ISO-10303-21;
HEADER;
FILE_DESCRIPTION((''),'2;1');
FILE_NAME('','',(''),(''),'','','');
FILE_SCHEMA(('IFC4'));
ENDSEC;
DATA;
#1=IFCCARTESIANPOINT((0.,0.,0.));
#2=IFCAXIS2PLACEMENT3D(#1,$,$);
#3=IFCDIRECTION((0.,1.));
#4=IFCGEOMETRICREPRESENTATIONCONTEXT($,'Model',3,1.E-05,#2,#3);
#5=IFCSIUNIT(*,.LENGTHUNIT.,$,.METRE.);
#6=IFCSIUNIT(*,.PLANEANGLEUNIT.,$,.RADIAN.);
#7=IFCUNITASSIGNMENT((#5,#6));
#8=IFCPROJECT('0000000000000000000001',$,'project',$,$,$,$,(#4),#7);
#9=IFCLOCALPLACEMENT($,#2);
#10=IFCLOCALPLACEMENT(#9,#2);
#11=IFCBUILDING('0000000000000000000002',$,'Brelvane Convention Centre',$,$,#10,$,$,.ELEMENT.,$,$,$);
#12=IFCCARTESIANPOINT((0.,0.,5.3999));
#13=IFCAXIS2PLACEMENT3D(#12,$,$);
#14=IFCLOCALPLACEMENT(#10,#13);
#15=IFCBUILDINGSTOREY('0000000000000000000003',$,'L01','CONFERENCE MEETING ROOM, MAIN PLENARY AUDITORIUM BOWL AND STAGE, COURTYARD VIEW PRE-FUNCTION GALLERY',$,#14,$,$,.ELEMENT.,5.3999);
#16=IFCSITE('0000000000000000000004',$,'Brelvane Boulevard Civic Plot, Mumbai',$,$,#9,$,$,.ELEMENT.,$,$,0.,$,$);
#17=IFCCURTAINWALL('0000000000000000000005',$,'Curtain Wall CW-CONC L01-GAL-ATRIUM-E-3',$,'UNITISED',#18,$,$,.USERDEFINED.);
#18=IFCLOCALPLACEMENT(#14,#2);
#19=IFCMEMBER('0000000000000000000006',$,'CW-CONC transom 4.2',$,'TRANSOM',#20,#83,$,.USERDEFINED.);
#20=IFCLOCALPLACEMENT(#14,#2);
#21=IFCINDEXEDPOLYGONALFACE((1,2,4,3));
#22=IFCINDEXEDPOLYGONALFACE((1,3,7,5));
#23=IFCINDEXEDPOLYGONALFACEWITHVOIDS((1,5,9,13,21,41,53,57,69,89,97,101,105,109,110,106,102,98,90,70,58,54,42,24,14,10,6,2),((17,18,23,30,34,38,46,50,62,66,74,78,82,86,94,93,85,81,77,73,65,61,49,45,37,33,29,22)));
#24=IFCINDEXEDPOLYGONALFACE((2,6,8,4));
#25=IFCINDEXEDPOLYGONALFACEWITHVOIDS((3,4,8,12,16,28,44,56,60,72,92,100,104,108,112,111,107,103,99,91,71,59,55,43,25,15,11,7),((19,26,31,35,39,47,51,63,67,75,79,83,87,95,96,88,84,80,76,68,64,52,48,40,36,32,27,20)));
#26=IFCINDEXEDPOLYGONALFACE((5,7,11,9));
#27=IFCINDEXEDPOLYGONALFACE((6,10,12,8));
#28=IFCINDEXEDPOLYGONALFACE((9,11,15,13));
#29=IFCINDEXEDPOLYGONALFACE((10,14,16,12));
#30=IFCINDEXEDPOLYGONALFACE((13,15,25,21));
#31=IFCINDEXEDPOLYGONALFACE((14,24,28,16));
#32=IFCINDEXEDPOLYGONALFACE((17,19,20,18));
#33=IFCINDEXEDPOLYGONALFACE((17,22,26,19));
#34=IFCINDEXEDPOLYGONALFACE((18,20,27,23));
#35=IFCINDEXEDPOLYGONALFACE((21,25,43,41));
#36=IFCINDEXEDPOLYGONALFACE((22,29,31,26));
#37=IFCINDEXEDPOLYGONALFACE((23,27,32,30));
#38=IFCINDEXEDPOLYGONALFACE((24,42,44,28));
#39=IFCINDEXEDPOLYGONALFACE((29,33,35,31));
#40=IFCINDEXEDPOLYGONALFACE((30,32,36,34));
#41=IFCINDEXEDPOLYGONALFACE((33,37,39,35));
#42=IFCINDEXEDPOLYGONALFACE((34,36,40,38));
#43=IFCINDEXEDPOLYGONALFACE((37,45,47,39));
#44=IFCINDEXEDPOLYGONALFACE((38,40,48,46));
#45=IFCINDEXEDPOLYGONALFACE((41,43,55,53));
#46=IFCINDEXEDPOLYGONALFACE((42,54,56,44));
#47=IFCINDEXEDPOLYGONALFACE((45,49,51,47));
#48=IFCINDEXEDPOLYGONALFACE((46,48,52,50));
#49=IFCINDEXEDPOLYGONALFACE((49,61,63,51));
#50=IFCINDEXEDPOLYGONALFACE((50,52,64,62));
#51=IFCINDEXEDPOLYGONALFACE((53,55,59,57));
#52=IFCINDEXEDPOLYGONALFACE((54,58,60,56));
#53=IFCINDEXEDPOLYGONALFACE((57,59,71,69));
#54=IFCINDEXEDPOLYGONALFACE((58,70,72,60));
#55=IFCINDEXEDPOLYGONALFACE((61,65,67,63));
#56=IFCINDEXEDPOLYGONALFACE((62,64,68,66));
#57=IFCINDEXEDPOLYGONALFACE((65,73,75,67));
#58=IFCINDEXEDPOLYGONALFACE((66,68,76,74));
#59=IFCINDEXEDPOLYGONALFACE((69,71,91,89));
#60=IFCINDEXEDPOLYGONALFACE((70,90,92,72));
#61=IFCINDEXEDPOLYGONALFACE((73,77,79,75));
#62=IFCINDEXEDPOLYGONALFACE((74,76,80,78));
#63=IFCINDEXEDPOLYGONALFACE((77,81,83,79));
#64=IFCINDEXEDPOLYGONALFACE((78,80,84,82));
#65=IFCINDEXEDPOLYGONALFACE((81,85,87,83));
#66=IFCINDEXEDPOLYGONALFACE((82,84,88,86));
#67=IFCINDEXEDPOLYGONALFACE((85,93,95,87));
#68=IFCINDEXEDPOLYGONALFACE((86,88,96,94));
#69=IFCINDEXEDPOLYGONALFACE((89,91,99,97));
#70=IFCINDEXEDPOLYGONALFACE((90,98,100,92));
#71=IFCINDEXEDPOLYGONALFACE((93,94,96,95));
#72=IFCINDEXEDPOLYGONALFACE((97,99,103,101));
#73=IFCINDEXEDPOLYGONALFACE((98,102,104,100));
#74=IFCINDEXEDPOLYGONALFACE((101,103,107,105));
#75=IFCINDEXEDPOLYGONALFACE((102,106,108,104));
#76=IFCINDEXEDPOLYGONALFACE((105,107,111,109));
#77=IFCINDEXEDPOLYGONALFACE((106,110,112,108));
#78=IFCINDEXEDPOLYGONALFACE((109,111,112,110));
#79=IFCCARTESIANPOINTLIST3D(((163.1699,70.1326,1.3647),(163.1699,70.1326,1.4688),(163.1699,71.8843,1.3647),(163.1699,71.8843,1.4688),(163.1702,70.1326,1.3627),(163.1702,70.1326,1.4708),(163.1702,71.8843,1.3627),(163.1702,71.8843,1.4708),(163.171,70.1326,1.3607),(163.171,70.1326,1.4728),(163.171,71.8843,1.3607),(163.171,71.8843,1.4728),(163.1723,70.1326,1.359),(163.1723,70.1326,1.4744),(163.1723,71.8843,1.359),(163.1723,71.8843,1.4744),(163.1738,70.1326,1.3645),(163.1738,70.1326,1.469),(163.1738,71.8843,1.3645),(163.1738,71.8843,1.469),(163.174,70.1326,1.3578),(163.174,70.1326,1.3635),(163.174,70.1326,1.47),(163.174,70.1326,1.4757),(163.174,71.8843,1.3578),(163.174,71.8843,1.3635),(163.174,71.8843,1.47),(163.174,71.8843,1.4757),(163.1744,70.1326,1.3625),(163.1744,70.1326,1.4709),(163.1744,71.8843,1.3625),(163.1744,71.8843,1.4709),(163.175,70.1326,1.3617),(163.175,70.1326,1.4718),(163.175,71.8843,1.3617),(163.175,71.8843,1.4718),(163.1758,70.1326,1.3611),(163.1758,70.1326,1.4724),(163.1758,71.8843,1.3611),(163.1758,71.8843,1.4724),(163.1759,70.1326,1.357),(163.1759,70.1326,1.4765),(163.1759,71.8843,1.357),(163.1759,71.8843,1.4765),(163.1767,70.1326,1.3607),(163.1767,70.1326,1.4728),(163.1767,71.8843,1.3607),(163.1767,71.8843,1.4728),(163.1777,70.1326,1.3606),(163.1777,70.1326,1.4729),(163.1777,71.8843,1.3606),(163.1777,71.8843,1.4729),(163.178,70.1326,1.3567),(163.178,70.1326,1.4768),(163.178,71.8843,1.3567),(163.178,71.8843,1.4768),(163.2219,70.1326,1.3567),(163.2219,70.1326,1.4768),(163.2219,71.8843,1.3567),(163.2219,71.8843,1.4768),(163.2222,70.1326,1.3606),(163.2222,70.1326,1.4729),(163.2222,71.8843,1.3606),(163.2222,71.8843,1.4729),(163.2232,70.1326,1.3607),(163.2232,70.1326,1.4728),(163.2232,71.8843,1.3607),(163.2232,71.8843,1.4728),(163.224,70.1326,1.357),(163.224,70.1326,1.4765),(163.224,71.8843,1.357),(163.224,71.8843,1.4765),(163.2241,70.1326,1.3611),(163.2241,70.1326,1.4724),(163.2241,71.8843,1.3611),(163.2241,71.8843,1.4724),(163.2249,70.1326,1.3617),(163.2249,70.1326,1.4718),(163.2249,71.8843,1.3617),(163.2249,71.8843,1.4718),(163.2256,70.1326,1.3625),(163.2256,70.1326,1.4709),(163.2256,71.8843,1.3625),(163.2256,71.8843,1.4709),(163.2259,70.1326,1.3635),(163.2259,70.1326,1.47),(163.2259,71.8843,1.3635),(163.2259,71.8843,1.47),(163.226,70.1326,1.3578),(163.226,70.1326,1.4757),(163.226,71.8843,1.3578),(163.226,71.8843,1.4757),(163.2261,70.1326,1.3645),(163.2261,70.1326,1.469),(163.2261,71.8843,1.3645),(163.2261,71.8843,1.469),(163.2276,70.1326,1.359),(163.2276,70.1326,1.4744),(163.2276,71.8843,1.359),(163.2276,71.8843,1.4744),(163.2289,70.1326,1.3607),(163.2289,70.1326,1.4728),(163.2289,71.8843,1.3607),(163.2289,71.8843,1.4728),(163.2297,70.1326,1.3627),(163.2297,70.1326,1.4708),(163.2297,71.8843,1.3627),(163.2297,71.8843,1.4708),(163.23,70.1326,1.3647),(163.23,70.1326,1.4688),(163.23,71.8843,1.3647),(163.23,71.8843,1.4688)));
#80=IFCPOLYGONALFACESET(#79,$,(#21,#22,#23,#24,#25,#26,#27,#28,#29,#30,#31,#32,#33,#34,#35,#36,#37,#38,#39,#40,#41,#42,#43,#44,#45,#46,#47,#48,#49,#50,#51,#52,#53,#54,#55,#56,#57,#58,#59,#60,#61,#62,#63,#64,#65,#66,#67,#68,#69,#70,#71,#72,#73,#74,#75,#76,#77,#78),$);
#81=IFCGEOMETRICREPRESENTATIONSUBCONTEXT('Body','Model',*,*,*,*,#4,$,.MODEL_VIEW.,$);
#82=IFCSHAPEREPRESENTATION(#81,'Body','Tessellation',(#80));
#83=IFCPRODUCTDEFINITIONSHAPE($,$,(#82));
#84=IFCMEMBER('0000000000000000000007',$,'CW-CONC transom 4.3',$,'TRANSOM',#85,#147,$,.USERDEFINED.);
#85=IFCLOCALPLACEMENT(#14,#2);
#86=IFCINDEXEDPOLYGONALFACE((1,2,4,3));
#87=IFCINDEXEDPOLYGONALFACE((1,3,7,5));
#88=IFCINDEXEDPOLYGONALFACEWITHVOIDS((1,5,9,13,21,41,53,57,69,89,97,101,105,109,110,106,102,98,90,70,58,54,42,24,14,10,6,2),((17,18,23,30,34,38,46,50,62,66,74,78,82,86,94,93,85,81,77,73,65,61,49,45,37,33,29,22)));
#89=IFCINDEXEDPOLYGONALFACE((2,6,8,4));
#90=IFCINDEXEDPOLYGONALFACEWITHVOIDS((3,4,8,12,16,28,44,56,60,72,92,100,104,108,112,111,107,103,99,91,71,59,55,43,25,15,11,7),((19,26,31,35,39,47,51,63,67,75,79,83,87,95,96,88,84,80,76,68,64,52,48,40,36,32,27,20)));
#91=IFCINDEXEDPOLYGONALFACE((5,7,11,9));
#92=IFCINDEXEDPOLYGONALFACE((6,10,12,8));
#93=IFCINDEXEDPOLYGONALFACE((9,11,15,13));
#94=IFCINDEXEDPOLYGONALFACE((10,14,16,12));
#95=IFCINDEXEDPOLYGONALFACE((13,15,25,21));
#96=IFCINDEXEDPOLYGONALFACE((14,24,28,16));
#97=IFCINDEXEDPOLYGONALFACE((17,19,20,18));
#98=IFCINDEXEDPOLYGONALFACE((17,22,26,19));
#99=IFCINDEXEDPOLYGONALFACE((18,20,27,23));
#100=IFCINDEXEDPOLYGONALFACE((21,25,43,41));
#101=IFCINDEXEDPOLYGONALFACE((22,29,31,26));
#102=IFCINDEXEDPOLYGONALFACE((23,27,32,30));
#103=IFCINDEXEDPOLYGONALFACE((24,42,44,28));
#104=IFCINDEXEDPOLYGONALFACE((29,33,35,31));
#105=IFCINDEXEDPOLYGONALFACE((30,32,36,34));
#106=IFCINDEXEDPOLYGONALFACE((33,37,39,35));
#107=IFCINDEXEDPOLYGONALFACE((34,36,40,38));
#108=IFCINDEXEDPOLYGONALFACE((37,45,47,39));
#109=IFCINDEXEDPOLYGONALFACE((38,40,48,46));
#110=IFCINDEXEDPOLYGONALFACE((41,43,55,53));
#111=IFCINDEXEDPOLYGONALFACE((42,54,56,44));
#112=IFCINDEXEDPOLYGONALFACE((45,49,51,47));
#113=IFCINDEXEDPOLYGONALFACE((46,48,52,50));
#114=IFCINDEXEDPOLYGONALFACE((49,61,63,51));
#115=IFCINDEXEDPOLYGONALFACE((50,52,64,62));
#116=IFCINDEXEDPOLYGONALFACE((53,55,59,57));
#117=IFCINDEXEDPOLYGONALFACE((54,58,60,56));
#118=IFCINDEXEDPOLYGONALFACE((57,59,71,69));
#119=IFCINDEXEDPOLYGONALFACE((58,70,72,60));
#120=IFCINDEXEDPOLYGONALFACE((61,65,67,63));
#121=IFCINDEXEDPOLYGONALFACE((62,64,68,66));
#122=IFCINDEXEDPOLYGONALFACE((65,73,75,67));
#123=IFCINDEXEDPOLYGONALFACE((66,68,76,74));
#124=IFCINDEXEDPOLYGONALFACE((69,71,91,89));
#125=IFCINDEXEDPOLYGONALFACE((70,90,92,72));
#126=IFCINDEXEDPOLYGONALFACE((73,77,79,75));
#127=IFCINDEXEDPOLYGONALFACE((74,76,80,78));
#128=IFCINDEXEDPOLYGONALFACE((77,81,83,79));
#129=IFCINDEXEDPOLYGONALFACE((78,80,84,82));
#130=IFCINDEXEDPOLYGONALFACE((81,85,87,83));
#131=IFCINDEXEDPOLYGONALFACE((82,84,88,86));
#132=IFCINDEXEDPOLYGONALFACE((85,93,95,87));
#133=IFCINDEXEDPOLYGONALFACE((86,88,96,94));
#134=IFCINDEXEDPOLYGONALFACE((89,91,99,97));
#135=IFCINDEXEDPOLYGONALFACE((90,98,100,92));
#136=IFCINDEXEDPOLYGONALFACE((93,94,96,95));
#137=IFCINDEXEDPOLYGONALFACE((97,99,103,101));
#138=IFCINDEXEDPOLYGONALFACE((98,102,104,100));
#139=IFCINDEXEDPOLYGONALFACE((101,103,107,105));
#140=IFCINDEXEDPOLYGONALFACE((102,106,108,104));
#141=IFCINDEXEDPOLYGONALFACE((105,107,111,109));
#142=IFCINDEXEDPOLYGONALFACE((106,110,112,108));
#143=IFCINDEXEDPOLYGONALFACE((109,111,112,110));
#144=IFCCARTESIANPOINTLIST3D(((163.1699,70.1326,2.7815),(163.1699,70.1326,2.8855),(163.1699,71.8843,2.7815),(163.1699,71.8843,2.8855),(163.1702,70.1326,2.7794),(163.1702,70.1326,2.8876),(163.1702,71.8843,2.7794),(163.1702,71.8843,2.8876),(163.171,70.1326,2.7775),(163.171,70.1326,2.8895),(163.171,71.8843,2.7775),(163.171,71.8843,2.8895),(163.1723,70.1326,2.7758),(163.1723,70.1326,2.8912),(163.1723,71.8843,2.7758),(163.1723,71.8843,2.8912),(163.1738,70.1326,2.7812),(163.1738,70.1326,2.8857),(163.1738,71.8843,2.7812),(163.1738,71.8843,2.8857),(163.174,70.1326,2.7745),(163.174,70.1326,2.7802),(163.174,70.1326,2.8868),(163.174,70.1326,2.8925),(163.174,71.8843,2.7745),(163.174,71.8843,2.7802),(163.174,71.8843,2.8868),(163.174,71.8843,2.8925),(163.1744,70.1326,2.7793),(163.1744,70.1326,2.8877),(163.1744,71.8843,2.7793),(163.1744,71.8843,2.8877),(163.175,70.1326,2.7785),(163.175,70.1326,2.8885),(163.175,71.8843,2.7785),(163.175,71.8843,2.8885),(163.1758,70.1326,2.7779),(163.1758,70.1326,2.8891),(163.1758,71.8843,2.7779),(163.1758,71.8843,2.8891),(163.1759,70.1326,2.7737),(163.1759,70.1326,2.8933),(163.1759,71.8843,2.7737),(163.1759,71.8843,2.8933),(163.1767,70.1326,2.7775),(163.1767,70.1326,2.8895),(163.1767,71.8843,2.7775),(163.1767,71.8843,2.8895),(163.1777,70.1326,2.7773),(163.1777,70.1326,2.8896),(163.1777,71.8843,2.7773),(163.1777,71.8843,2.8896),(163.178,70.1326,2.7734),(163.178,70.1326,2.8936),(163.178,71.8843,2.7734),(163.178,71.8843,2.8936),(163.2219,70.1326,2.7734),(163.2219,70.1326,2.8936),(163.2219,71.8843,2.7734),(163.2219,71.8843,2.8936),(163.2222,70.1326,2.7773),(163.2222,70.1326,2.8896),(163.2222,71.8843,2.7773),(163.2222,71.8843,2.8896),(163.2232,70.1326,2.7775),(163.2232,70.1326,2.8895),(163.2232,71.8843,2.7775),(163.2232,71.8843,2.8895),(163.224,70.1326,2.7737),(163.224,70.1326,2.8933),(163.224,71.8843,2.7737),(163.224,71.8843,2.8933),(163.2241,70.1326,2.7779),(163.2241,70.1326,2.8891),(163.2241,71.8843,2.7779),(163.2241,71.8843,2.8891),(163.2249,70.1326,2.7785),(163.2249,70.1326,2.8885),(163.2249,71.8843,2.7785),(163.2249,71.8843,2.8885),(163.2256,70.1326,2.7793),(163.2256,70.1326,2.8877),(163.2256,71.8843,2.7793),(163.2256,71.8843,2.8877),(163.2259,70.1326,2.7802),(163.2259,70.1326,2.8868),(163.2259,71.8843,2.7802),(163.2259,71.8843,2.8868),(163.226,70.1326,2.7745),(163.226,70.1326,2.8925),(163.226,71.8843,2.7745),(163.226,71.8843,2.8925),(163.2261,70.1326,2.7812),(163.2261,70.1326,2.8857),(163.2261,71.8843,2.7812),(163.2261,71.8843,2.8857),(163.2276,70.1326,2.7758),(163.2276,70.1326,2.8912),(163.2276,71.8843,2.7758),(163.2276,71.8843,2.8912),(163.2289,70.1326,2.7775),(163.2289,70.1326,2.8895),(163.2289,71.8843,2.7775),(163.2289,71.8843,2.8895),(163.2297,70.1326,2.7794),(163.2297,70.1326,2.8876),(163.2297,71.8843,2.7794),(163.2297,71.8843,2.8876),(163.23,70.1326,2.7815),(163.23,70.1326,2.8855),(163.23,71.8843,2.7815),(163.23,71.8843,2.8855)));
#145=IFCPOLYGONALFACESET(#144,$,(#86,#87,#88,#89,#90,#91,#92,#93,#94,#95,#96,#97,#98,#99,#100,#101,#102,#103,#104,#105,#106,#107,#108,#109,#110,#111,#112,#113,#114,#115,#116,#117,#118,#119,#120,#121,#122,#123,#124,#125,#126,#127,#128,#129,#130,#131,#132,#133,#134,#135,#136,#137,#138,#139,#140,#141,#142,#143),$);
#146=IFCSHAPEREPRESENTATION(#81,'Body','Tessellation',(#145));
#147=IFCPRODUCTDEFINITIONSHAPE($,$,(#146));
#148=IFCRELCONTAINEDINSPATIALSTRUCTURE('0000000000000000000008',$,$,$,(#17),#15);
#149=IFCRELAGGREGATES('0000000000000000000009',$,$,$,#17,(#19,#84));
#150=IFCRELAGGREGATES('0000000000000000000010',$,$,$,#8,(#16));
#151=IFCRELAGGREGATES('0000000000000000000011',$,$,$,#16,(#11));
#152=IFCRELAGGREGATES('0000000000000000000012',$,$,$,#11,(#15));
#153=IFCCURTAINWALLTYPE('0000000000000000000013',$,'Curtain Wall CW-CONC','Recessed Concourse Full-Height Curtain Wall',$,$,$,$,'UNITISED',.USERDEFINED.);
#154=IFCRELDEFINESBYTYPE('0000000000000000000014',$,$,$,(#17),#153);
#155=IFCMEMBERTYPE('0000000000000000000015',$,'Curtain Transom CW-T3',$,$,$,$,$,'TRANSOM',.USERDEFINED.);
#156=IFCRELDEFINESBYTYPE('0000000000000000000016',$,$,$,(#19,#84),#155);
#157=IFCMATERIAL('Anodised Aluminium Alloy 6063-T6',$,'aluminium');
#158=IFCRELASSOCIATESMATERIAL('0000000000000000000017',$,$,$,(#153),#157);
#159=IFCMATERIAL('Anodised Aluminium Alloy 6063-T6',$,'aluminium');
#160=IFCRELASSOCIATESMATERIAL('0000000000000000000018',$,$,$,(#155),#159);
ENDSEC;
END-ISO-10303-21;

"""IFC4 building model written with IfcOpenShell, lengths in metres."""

from ifc_helpers import new_model, si_unit, direction, frame, origin, origin_2d, place, context, subcontext, project, spatial, hollow_rectangle, extrude, material, material_profile, profile_set, type_object, element, aggregate, save


model = new_model("IFC4")

# Units and contexts
model_context = context("Model", 3, precision=1e-05, world=origin(), true_north=direction((0.0, 1.0)))
body_context = subcontext(model_context, "Body", "Model", "MODEL_VIEW")
ifc_project = project(units=[si_unit("LENGTHUNIT", "METRE"), si_unit("PLANEANGLEUNIT", "RADIAN")], contexts=[model_context])

# Site, building, storey
site_placement = place(None, origin())
site = spatial("IfcSite", under=ifc_project, at=site_placement, Name="Brelvane Boulevard Civic Plot, Mumbai", CompositionType="ELEMENT", RefElevation=0.0)
building_placement = place(site_placement, origin())
building = spatial("IfcBuilding", under=site, at=building_placement, Name="Brelvane Convention Centre", CompositionType="ELEMENT")
storey_placement = place(building_placement, frame((0.0, 0.0, 5.3999)))
storey = spatial("IfcBuildingStorey", under=building, at=storey_placement, Name="L01", Description="CONFERENCE MEETING ROOM, MAIN PLENARY AUDITORIUM BOWL AND STAGE, COURTYARD VIEW PRE-FUNCTION GALLERY", CompositionType="ELEMENT", Elevation=5.3999)

# Curtain wall, members
ifc_material_1 = material(Name="Anodised Aluminium Alloy 6063-T6", Category="aluminium")
curtain_wall_type = type_object("IfcCurtainWallType", Name="Curtain Wall CW-CONC", Description="Recessed Concourse Full-Height Curtain Wall", ElementType="UNITISED", PredefinedType="USERDEFINED", material=ifc_material_1)
curtain_wall_placement = place(storey_placement, origin())
curtain_wall = element("IfcCurtainWall", 1, at=curtain_wall_placement, inside=storey, type_object=curtain_wall_type, Name="Curtain Wall CW-CONC L01-GAL-ATRIUM-E-3", ObjectType="UNITISED", PredefinedType="USERDEFINED")
ifc_material_2 = material(Name="Anodised Aluminium Alloy 6063-T6", Category="aluminium")
ifc_material_profile_1 = material_profile(ifc_material_2, hollow_rectangle(XDim=0.0601, YDim=0.1201, WallThickness=0.0039, InnerFilletRadius=0.0039, OuterFilletRadius=0.0081, at=origin_2d()), Name="ALU-T 120x60x4.0")
ifc_profile_set_1 = profile_set([ifc_material_profile_1], Name="Anodised Aluminium Alloy 6063-T6")
member_type_1 = type_object("IfcMemberType", Name="Curtain Transom CW-T3", ElementType="TRANSOM", PredefinedType="USERDEFINED", material=ifc_profile_set_1)
member_1_placement = place(storey_placement, frame((163.2, 70.1326, 1.4167), z_axis=(0.0, 1.0, 0.0), x_axis=(-1.0, 0.0, 0.0)))
member_1 = element("IfcMember", 2, at=member_1_placement, type_object=member_type_1, Name="CW-CONC transom 4.2", ObjectType="TRANSOM", PredefinedType="USERDEFINED", context=body_context, shape_type="SweptSolid", body=[
    extrude(hollow_rectangle(XDim=0.0601, YDim=0.1201, WallThickness=0.0039, InnerFilletRadius=0.0039, OuterFilletRadius=0.0081, at=origin_2d()), origin(), (0.0, 0.0, 1.0), 1.7517),
])
member_2_placement = place(storey_placement, frame((163.2, 70.1326, 2.8335), z_axis=(0.0, 1.0, 0.0), x_axis=(-1.0, 0.0, 0.0)))
member_2 = element("IfcMember", 3, at=member_2_placement, type_object=member_type_1, Name="CW-CONC transom 4.3", ObjectType="TRANSOM", PredefinedType="USERDEFINED", context=body_context, shape_type="SweptSolid", body=[
    extrude(hollow_rectangle(XDim=0.0601, YDim=0.1201, WallThickness=0.0039, InnerFilletRadius=0.0039, OuterFilletRadius=0.0081, at=origin_2d()), origin(), (0.0, 0.0, 1.0), 1.7517),
])

aggregate(curtain_wall, [member_1, member_2])

save(model, "model.ifc")
